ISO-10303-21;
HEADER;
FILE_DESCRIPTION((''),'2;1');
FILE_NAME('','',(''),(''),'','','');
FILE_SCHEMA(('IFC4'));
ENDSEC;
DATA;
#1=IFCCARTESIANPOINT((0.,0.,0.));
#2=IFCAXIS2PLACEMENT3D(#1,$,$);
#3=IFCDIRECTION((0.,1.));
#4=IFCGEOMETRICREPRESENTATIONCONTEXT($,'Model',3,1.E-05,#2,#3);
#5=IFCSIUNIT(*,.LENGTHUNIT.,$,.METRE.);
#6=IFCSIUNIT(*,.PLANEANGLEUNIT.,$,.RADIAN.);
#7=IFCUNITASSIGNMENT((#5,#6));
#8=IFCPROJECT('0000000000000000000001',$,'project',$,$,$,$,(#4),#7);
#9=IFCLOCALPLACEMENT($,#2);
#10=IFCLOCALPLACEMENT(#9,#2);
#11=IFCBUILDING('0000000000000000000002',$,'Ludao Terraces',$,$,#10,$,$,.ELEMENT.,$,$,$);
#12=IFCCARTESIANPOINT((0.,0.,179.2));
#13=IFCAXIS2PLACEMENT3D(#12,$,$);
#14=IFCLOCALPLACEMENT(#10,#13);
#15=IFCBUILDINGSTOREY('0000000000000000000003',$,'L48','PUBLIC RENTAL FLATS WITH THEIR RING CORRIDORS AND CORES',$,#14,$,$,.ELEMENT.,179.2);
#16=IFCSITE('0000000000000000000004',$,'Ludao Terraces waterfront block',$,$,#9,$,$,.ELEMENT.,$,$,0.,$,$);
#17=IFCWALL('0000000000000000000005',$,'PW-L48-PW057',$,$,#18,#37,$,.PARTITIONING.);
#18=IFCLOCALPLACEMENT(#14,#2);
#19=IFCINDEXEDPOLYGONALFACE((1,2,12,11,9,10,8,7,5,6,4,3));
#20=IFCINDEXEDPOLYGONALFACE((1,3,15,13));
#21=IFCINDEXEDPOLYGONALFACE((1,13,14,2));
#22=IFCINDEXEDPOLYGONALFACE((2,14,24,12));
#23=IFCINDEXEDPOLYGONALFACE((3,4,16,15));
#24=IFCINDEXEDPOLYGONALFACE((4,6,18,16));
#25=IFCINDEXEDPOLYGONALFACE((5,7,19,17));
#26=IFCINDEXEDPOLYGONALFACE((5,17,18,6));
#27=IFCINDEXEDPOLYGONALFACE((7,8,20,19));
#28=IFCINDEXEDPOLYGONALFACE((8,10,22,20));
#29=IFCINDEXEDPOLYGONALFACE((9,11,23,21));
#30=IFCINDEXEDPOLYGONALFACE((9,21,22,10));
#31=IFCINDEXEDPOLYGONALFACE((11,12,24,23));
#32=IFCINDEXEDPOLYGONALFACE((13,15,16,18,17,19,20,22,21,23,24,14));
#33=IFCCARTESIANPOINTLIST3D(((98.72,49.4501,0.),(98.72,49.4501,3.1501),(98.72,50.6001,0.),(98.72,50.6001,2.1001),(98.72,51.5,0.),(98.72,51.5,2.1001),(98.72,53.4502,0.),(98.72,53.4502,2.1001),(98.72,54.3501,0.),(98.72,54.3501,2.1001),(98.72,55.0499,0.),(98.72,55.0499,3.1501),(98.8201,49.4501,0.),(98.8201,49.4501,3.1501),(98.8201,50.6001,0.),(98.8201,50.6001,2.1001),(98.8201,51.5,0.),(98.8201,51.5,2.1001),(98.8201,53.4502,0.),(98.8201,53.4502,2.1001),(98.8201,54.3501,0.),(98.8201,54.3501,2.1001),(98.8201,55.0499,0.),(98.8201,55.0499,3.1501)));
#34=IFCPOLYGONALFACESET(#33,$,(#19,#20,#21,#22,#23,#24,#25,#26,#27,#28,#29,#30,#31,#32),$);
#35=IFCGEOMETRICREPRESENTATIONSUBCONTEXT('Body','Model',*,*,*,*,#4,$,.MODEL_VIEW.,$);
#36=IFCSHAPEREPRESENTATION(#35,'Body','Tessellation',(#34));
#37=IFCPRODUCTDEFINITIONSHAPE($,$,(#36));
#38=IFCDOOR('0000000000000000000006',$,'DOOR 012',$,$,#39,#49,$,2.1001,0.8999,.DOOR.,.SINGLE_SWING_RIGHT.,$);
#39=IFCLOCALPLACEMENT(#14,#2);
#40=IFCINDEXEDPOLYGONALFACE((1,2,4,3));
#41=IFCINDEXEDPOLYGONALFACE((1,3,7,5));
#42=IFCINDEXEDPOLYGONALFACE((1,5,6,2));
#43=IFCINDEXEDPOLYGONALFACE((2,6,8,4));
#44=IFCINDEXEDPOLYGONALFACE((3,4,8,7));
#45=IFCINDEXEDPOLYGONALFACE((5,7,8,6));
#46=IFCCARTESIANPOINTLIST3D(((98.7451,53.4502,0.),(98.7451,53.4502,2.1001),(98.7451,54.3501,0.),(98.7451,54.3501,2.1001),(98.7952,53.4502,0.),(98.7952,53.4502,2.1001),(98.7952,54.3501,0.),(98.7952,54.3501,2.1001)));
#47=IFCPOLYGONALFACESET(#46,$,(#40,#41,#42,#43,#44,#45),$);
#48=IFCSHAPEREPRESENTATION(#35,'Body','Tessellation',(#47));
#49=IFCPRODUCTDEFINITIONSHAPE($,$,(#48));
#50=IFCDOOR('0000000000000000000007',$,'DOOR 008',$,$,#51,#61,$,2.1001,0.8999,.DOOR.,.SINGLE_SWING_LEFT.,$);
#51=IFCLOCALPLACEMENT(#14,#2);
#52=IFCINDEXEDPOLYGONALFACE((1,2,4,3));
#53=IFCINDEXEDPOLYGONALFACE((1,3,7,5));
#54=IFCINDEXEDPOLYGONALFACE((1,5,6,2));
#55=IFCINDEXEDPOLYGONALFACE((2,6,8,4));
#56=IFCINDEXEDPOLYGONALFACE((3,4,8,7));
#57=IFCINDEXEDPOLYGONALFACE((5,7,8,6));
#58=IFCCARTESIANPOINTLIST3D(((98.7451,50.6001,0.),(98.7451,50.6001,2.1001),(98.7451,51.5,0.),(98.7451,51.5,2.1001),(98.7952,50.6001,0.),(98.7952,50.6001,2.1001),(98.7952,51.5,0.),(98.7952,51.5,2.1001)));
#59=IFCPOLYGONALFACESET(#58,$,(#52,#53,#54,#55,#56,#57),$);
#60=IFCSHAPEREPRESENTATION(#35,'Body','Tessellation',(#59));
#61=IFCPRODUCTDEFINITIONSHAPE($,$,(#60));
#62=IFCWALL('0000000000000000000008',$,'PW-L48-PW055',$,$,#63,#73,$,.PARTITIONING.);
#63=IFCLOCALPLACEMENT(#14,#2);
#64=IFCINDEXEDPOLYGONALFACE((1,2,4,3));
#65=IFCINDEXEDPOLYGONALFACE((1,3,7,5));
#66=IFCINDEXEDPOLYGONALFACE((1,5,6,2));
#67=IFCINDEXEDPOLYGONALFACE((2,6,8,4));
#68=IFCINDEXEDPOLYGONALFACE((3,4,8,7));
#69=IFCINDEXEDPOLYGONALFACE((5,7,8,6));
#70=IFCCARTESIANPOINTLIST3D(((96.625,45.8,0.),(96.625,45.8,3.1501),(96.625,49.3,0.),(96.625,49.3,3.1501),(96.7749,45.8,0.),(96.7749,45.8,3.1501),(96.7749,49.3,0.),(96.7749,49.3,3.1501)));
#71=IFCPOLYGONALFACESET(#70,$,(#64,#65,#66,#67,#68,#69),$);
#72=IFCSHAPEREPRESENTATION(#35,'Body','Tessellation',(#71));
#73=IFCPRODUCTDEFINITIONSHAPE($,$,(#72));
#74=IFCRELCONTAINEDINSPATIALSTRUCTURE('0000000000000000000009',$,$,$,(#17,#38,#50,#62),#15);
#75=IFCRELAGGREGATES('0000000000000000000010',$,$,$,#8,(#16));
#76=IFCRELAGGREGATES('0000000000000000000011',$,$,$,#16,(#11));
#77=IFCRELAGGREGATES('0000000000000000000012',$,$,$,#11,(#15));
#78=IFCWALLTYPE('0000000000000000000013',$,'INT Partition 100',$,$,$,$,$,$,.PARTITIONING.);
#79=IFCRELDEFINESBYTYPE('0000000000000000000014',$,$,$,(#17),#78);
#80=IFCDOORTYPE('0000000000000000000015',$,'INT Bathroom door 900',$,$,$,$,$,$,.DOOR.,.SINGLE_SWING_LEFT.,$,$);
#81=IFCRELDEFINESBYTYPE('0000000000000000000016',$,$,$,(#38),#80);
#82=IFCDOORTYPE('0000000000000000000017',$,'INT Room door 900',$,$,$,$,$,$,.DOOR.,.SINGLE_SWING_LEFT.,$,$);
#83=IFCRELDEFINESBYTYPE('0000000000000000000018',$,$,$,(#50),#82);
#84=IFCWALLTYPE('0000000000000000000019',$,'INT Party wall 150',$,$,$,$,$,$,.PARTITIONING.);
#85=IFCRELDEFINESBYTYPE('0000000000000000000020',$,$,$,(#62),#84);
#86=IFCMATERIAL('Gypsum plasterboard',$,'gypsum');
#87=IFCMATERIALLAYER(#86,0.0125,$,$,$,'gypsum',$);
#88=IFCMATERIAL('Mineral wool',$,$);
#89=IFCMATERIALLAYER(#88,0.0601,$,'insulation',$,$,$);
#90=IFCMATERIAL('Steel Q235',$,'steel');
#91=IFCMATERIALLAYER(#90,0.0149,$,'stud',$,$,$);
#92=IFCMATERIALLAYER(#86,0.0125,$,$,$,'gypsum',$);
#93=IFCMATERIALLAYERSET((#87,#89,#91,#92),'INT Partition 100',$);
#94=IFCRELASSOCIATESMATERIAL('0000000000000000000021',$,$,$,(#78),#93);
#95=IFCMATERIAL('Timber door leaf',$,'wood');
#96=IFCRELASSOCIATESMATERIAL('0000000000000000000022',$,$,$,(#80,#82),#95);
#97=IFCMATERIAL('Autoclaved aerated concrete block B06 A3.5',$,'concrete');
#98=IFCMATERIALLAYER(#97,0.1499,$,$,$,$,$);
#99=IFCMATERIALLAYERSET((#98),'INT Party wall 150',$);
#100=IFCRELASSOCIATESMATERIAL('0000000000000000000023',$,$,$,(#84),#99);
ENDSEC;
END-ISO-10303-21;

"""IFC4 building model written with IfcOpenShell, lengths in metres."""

from ifc_helpers import new_model, si_unit, direction, frame, frame_2d, origin, place, context, subcontext, project, spatial, rectangle, extrude, material, layer, layer_set, type_object, element, fill, save


model = new_model("IFC4")

# Units and contexts
model_context = context("Model", 3, precision=1e-05, world=origin(), true_north=direction((0.0, 1.0)))
body_context = subcontext(model_context, "Body", "Model", "MODEL_VIEW")
ifc_project = project(units=[si_unit("LENGTHUNIT", "METRE"), si_unit("PLANEANGLEUNIT", "RADIAN")], contexts=[model_context])

# Site, building, storey
site_placement = place(None, origin())
site = spatial("IfcSite", under=ifc_project, at=site_placement, Name="Ludao Terraces waterfront block", CompositionType="ELEMENT", RefElevation=0.0)
building_placement = place(site_placement, origin())
building = spatial("IfcBuilding", under=site, at=building_placement, Name="Ludao Terraces", CompositionType="ELEMENT")
storey_placement = place(building_placement, frame((0.0, 0.0, 179.2)))
storey = spatial("IfcBuildingStorey", under=building, at=storey_placement, Name="L48", Description="PUBLIC RENTAL FLATS WITH THEIR RING CORRIDORS AND CORES", CompositionType="ELEMENT", Elevation=179.2)

# Shared definitions
ifc_material_1 = material(Name="Mineral wool")

# Shared definitions
ifc_material_2 = material(Name="Autoclaved aerated concrete block B06 A3.5", Category="concrete")
ifc_material_3 = material(Name="Steel Q235", Category="steel")

# Shared definitions
ifc_material_4 = material(Name="Gypsum plasterboard", Category="gypsum")
ifc_layer_1 = layer(ifc_material_4, 0.0125, Category="gypsum")
ifc_layer_2 = layer(ifc_material_1, 0.0601, Name="insulation")
ifc_layer_3 = layer(ifc_material_3, 0.0149, Name="stud")
ifc_layer_4 = layer(ifc_material_4, 0.0125, Category="gypsum")
ifc_layer_set_1 = layer_set([ifc_layer_1, ifc_layer_2, ifc_layer_3, ifc_layer_4], Name="INT Partition 100")
wall_type_1 = type_object("IfcWallType", Name="INT Partition 100", PredefinedType="PARTITIONING", material=ifc_layer_set_1)

# Wall, openings, doors
wall_1_placement = place(storey_placement, frame((98.77, 49.4502, 0.0), z_axis=(0.0, 0.0, 1.0), x_axis=(0.0, 1.0, 0.0)))
wall_1 = element("IfcWall", 1, at=wall_1_placement, inside=storey, type_object=wall_type_1, Name="PW-L48-PW057", PredefinedType="PARTITIONING", context=body_context, shape_type="SweptSolid", body=[
    extrude(rectangle(XDim=5.5999, YDim=0.1001, at=frame_2d((2.7998, 0.0))), origin(), (0.0, 0.0, 1.0), 3.1501),
])
opening_1_placement = place(wall_1_placement, frame((1.1499, 0.0, 0.0)))
opening_1 = element("IfcOpeningElement", 2, at=opening_1_placement, cuts=wall_1, PredefinedType="OPENING", context=body_context, shape_type="SweptSolid", body=[
    extrude(rectangle(XDim=0.8999, YDim=2.1001, at=frame_2d((0.45, 1.05))), frame((0.0, 0.0601, 0.0), z_axis=(0.0, -1.0, 0.0), x_axis=(1.0, 0.0, 0.0)), (0.0, 0.0, 1.0), 0.1201),
])
opening_2_placement = place(wall_1_placement, frame((4.0, 0.0, 0.0)))
opening_2 = element("IfcOpeningElement", 3, at=opening_2_placement, cuts=wall_1, PredefinedType="OPENING", context=body_context, shape_type="SweptSolid", body=[
    extrude(rectangle(XDim=0.8999, YDim=2.1001, at=frame_2d((0.45, 1.05))), frame((0.0, 0.0601, 0.0), z_axis=(0.0, -1.0, 0.0), x_axis=(1.0, 0.0, 0.0)), (0.0, 0.0, 1.0), 0.1201),
])
ifc_material_5 = material(Name="Timber door leaf", Category="wood")
door_type_1 = type_object("IfcDoorType", Name="INT Bathroom door 900", OperationType="SINGLE_SWING_LEFT", PredefinedType="DOOR", material=ifc_material_5)
door_1_placement = place(opening_2_placement, origin())
door_1 = element("IfcDoor", 4, at=door_1_placement, inside=storey, type_object=door_type_1, Name="DOOR 012", OperationType="SINGLE_SWING_RIGHT", OverallHeight=2.1001, OverallWidth=0.8999, PredefinedType="DOOR", context=body_context, shape_type="SweptSolid", body=[
    extrude(rectangle(XDim=0.8999, YDim=2.1001, at=frame_2d((0.45, 1.05))), frame((0.0, 0.0249, 0.0), z_axis=(0.0, -1.0, 0.0), x_axis=(1.0, 0.0, 0.0)), (0.0, 0.0, 1.0), 0.05),
])
fill(opening_2, door_1)
door_type_2 = type_object("IfcDoorType", Name="INT Room door 900", OperationType="SINGLE_SWING_LEFT", PredefinedType="DOOR", material=ifc_material_5)
door_2_placement = place(opening_1_placement, origin())
door_2 = element("IfcDoor", 5, at=door_2_placement, inside=storey, type_object=door_type_2, Name="DOOR 008", OperationType="SINGLE_SWING_LEFT", OverallHeight=2.1001, OverallWidth=0.8999, PredefinedType="DOOR", context=body_context, shape_type="SweptSolid", body=[
    extrude(rectangle(XDim=0.8999, YDim=2.1001, at=frame_2d((0.45, 1.05))), frame((0.0, 0.0249, 0.0), z_axis=(0.0, -1.0, 0.0), x_axis=(1.0, 0.0, 0.0)), (0.0, 0.0, 1.0), 0.05),
])
fill(opening_1, door_2)

# Wall
ifc_layer_5 = layer(ifc_material_2, 0.1499)
ifc_layer_set_2 = layer_set([ifc_layer_5], Name="INT Party wall 150")
wall_type_2 = type_object("IfcWallType", Name="INT Party wall 150", PredefinedType="PARTITIONING", material=ifc_layer_set_2)
wall_2_placement = place(storey_placement, frame((96.7, 45.8, 0.0), z_axis=(0.0, 0.0, 1.0), x_axis=(0.0, 1.0, 0.0)))
element("IfcWall", 6, at=wall_2_placement, inside=storey, type_object=wall_type_2, Name="PW-L48-PW055", PredefinedType="PARTITIONING", context=body_context, shape_type="SweptSolid", body=[
    extrude(rectangle(XDim=3.5, YDim=0.1499, at=frame_2d((1.75, 0.0))), origin(), (0.0, 0.0, 1.0), 3.1501),
])

save(model, "model.ifc")
